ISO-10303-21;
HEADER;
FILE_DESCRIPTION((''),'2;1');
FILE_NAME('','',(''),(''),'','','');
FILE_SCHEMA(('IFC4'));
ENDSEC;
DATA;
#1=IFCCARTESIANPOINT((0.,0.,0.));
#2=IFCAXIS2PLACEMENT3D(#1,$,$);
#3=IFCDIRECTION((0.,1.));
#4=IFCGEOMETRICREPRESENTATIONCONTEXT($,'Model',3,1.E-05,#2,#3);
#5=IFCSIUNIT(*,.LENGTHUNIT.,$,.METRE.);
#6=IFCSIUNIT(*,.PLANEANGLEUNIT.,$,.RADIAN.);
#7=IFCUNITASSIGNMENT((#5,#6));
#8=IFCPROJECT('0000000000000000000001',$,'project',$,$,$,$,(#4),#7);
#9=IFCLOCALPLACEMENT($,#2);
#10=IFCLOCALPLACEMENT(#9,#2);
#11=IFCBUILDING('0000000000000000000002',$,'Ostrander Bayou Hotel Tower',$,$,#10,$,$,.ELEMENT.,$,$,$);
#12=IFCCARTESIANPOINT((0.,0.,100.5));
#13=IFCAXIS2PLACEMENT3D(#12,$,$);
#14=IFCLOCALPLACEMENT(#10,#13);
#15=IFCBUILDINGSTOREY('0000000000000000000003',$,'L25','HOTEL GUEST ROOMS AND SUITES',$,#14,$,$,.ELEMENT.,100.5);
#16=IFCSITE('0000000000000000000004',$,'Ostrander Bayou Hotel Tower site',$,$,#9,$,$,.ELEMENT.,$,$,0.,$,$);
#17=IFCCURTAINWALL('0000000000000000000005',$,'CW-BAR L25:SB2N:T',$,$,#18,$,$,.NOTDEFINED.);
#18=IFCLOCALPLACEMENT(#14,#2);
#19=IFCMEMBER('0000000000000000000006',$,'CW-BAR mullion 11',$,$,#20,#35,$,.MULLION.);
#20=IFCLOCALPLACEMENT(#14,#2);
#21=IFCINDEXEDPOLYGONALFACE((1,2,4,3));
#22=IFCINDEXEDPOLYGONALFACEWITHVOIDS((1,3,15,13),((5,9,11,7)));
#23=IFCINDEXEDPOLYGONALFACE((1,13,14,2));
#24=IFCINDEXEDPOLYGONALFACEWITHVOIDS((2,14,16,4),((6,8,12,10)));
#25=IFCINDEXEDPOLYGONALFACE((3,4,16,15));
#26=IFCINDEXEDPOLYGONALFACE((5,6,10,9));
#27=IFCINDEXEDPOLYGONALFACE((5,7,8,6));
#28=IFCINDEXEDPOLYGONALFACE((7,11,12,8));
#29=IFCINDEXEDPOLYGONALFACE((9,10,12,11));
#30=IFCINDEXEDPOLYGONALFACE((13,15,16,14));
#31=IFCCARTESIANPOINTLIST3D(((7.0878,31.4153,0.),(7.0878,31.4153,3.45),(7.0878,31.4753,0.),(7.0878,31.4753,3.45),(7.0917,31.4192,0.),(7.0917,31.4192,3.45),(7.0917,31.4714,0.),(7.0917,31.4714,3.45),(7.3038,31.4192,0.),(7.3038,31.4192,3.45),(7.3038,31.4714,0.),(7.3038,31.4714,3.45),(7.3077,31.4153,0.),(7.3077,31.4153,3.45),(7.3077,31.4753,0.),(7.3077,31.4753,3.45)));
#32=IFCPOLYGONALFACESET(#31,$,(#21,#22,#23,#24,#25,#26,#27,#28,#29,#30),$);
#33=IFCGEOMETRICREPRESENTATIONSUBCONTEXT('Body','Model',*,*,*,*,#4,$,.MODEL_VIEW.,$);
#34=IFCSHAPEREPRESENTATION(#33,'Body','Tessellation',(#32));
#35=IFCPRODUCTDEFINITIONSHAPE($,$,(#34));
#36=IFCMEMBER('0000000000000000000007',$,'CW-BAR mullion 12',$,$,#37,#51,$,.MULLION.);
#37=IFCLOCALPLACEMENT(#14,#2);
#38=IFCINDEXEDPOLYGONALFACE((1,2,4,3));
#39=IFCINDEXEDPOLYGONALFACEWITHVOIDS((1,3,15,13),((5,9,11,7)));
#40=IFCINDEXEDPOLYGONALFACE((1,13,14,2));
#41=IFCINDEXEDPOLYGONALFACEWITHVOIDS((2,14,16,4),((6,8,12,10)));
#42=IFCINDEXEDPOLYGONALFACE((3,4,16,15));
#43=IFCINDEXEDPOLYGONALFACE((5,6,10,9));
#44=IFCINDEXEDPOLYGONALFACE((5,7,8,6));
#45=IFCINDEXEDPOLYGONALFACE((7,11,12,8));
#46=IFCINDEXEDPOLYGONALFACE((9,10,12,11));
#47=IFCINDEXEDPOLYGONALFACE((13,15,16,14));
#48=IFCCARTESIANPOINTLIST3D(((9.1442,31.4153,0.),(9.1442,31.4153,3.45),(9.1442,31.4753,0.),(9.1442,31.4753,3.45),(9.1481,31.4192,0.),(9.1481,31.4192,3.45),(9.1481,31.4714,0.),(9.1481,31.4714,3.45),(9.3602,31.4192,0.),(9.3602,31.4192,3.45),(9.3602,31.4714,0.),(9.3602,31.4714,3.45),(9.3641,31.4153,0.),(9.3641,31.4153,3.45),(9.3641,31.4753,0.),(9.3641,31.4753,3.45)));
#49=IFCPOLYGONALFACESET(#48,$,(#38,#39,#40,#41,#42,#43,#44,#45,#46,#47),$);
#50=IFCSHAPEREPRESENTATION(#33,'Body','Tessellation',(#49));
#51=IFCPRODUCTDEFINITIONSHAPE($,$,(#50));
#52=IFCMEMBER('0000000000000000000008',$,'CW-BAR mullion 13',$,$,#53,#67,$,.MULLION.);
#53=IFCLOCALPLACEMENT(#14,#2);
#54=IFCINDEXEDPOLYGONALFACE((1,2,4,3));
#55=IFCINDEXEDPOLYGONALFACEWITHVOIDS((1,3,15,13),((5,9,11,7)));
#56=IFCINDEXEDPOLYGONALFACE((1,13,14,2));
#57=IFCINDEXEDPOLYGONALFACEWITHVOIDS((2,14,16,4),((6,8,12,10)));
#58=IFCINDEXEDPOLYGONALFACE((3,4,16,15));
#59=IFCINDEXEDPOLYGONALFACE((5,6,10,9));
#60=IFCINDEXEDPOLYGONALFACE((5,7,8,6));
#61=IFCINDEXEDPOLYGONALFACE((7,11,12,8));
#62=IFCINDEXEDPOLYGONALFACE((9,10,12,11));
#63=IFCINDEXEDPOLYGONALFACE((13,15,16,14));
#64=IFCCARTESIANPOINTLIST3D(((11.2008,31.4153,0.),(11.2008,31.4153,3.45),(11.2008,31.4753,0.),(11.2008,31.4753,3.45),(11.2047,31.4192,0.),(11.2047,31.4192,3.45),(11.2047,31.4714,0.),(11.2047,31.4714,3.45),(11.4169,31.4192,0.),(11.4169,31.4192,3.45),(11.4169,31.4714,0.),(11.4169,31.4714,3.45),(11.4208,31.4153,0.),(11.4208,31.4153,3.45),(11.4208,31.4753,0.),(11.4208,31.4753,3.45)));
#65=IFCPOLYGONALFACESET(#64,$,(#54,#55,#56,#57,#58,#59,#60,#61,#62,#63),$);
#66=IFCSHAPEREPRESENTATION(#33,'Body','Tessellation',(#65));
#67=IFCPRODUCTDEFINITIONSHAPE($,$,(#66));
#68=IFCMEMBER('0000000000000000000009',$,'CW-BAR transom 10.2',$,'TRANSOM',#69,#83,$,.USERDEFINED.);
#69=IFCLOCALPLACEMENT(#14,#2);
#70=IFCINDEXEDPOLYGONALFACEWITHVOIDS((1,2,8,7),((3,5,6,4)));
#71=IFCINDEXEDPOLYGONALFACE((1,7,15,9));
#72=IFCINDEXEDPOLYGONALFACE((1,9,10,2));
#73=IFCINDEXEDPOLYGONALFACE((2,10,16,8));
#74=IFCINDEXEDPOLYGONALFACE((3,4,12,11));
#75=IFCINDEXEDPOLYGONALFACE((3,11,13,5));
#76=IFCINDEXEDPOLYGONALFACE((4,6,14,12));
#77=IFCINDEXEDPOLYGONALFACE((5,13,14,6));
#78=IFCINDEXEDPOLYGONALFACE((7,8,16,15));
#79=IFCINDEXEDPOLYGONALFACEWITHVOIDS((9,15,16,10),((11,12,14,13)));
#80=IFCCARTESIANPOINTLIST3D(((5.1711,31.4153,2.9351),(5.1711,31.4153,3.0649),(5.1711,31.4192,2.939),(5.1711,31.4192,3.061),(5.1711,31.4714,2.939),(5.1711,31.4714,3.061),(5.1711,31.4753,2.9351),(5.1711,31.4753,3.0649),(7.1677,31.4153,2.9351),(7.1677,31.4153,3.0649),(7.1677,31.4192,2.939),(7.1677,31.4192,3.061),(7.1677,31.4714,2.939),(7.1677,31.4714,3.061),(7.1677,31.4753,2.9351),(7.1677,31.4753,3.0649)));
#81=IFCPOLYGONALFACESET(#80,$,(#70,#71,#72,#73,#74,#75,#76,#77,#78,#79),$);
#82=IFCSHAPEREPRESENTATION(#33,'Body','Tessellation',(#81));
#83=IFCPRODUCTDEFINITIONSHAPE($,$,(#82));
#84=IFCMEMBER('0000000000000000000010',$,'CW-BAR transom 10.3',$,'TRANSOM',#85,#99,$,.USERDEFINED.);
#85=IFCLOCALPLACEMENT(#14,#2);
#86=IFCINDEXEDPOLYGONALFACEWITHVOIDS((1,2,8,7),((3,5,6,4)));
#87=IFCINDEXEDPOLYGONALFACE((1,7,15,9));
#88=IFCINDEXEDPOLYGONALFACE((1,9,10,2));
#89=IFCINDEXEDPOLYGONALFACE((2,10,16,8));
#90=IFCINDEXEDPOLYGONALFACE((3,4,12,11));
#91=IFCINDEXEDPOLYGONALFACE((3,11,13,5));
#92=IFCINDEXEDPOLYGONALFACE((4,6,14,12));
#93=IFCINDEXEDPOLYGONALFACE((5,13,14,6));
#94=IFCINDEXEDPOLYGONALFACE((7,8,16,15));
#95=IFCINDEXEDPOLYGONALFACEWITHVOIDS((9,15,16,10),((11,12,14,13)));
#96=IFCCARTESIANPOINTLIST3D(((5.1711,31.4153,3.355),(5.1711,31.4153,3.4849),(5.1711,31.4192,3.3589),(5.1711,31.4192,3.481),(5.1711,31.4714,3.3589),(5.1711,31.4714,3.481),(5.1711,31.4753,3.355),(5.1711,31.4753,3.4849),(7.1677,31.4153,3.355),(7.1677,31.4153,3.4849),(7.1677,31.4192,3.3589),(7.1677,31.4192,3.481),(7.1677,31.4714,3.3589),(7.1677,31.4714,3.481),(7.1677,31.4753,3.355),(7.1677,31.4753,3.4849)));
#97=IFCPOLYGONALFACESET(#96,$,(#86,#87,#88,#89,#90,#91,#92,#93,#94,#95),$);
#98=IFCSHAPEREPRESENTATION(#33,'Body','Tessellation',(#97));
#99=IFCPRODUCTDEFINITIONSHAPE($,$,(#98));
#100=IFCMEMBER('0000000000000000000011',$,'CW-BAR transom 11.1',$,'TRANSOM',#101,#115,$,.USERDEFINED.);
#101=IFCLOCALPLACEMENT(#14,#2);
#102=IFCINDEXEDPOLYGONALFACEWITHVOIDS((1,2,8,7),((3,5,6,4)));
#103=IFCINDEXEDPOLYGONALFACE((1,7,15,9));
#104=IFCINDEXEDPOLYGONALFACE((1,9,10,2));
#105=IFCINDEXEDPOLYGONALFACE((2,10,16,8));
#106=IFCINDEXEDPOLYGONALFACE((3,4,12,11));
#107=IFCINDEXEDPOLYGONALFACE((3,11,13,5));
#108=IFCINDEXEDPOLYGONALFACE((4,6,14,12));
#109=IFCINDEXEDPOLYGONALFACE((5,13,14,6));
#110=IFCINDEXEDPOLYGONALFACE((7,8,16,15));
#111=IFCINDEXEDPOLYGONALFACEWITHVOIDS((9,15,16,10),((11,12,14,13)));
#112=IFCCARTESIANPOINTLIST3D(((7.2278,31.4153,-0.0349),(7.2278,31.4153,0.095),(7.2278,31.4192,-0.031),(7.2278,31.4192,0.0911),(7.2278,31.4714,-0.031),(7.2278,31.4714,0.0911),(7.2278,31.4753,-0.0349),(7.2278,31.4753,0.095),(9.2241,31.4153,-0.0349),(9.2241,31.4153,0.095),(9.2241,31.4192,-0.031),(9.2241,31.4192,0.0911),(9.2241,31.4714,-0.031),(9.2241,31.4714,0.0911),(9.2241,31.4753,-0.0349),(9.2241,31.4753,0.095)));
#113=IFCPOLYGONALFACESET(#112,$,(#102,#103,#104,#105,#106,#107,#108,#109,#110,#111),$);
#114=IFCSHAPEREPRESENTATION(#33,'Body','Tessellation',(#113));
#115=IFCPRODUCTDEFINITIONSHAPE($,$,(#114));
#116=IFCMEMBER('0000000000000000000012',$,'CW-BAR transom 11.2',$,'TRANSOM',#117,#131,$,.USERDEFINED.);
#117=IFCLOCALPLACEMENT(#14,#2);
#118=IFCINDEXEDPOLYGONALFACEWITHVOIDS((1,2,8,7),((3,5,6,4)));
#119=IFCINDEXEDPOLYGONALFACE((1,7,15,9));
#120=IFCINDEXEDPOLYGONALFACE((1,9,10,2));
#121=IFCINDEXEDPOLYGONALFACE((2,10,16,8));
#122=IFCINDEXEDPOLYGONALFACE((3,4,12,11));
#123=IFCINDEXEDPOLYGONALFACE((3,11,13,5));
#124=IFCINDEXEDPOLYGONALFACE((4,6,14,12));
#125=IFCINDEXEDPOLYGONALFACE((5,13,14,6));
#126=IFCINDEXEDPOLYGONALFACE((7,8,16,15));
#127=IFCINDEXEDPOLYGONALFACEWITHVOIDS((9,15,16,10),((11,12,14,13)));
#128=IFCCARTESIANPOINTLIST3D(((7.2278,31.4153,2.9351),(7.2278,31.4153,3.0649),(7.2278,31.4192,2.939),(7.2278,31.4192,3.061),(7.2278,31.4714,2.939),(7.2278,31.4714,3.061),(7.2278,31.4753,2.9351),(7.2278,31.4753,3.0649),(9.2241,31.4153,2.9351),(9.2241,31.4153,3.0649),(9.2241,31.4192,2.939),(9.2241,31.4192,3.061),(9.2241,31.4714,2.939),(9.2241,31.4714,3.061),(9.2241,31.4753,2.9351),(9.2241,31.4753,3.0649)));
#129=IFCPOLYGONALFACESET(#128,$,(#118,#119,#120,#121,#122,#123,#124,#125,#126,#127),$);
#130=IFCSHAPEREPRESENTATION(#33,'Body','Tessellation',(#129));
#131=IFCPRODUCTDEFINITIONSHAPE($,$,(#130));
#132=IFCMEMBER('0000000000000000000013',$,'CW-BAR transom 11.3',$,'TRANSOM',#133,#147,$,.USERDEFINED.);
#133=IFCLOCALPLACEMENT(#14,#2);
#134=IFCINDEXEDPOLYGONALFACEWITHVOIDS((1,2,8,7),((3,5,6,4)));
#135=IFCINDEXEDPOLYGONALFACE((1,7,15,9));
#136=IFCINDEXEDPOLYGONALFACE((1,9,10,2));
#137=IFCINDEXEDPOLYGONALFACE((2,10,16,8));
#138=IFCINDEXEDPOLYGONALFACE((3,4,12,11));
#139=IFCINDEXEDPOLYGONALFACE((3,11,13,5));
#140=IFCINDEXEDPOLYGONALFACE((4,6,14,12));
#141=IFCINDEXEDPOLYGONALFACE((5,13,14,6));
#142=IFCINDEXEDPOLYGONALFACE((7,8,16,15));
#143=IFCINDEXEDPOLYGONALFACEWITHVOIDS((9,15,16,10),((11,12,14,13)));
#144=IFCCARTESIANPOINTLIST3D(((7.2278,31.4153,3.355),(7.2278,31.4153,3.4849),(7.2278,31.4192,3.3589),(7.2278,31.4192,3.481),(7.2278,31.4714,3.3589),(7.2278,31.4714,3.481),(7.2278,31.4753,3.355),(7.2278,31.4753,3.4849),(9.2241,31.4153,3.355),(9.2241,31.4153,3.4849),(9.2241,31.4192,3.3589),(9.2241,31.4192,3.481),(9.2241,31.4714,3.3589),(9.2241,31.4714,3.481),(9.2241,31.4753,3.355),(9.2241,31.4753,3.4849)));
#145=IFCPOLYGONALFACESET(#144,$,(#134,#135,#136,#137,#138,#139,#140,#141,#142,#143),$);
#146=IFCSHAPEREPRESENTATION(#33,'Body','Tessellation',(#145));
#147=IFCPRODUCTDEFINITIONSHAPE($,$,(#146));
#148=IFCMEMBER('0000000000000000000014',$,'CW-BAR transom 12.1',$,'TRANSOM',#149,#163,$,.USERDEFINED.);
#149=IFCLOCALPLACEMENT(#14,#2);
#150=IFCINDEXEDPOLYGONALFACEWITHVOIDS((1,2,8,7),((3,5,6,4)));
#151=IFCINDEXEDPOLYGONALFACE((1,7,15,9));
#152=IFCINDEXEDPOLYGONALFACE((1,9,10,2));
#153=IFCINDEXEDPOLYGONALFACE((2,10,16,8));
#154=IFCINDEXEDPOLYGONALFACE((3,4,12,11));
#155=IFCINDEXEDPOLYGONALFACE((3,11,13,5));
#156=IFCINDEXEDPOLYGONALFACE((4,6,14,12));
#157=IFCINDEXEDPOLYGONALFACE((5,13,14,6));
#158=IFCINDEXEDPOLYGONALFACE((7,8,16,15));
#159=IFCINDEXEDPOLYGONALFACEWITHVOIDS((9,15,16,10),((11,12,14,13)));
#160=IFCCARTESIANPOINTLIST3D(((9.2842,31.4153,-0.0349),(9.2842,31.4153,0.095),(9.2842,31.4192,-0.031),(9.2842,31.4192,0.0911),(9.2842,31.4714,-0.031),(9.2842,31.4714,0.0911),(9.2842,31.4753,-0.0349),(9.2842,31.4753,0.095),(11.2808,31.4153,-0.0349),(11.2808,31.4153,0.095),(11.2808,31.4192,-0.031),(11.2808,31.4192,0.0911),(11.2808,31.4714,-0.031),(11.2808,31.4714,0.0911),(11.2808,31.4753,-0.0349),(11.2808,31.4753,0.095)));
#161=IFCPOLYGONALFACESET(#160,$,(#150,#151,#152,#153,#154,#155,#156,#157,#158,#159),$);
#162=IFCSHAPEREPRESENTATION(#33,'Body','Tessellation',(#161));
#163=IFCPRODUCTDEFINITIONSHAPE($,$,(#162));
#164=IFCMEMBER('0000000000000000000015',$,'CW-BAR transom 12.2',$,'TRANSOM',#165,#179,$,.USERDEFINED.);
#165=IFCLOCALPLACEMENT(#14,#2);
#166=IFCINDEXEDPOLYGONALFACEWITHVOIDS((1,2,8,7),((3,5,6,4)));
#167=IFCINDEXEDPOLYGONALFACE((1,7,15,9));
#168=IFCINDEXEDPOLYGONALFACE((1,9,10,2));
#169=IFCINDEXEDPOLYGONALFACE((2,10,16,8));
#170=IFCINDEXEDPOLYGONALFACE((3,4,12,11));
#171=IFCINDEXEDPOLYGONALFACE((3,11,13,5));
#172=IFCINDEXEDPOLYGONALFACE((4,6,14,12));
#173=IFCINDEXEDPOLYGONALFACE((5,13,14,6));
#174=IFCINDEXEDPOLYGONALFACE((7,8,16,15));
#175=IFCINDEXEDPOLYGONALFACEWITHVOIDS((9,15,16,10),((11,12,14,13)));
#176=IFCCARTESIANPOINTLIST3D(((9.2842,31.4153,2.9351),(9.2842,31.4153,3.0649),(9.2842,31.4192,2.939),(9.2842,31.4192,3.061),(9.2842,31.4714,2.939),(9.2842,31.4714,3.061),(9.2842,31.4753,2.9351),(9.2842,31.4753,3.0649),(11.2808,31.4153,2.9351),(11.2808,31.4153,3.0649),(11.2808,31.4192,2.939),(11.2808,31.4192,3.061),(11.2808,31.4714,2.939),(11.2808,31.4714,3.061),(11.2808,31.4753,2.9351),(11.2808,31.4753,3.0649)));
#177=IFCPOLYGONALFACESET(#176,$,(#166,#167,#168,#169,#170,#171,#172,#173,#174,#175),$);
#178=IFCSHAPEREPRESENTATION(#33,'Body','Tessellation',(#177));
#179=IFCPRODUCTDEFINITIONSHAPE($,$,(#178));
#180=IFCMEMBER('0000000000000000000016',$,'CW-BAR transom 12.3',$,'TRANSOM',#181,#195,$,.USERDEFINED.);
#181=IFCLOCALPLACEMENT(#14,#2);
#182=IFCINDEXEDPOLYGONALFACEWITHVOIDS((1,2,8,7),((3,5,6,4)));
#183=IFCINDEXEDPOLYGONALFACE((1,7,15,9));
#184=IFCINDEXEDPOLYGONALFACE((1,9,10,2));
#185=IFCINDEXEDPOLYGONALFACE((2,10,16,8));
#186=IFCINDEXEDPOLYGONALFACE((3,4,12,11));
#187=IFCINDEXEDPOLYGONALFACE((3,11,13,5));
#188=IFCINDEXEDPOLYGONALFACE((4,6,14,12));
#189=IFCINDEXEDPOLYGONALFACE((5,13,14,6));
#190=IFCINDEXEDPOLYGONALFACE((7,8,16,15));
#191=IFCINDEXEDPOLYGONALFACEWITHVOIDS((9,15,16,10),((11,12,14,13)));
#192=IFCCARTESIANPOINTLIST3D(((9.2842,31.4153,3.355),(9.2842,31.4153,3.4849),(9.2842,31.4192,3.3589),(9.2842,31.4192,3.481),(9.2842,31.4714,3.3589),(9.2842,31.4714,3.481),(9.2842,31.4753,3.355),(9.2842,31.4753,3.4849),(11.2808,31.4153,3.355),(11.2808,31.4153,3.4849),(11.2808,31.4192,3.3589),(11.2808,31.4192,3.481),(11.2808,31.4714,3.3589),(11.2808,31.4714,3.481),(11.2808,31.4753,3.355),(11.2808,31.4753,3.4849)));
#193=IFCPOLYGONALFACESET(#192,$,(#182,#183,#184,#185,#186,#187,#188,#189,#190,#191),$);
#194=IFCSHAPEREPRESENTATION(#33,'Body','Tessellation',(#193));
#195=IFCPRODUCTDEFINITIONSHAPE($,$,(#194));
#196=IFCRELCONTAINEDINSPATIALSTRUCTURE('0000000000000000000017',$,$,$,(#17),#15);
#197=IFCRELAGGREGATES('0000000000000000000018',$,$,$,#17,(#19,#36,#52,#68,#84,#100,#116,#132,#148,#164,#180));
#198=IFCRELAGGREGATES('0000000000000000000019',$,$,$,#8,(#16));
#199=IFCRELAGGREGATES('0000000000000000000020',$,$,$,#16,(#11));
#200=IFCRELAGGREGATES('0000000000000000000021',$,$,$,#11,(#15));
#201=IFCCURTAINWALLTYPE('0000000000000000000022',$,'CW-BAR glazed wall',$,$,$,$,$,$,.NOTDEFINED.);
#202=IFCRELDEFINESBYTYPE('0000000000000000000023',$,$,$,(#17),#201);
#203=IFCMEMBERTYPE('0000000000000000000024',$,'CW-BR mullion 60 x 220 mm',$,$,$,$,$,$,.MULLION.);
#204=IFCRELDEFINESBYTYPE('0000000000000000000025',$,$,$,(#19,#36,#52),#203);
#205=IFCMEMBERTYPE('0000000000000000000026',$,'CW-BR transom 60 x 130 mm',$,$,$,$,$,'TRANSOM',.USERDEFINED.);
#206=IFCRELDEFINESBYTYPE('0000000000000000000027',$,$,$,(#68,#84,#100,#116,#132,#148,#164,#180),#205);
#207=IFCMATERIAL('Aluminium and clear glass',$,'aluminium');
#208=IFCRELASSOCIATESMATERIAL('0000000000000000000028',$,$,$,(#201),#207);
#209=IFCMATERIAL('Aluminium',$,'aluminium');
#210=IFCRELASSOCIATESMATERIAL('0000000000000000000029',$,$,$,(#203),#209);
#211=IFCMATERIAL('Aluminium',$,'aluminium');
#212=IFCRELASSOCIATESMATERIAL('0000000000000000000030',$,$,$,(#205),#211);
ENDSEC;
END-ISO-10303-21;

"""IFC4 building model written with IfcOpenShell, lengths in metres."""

from ifc_helpers import new_model, si_unit, direction, frame, origin, origin_2d, place, context, subcontext, project, spatial, hollow_rectangle, extrude, material, material_profile, profile_set, type_object, element, aggregate, save


model = new_model("IFC4")

# Units and contexts
model_context = context("Model", 3, precision=1e-05, world=origin(), true_north=direction((0.0, 1.0)))
body_context = subcontext(model_context, "Body", "Model", "MODEL_VIEW")
ifc_project = project(units=[si_unit("LENGTHUNIT", "METRE"), si_unit("PLANEANGLEUNIT", "RADIAN")], contexts=[model_context])

# Site, building, storey
site_placement = place(None, origin())
site = spatial("IfcSite", under=ifc_project, at=site_placement, Name="Ostrander Bayou Hotel Tower site", CompositionType="ELEMENT", RefElevation=0.0)
building_placement = place(site_placement, origin())
building = spatial("IfcBuilding", under=site, at=building_placement, Name="Ostrander Bayou Hotel Tower", CompositionType="ELEMENT")
storey_placement = place(building_placement, frame((0.0, 0.0, 100.5)))
storey = spatial("IfcBuildingStorey", under=building, at=storey_placement, Name="L25", Description="HOTEL GUEST ROOMS AND SUITES", CompositionType="ELEMENT", Elevation=100.5)

# Curtain wall, members
ifc_material_1 = material(Name="Aluminium and clear glass", Category="aluminium")
curtain_wall_type = type_object("IfcCurtainWallType", Name="CW-BAR glazed wall", PredefinedType="NOTDEFINED", material=ifc_material_1)
curtain_wall_placement = place(storey_placement, origin())
curtain_wall = element("IfcCurtainWall", 1, at=curtain_wall_placement, inside=storey, type_object=curtain_wall_type, Name="CW-BAR L25:SB2N:T", PredefinedType="NOTDEFINED")
ifc_material_2 = material(Name="Aluminium", Category="aluminium")
ifc_material_profile_1 = material_profile(ifc_material_2, hollow_rectangle(XDim=0.0601, YDim=0.22, WallThickness=0.0039, at=origin_2d()))
ifc_profile_set_1 = profile_set([ifc_material_profile_1], Name="Aluminium")
member_type_1 = type_object("IfcMemberType", Name="CW-BR mullion 60 x 220 mm", PredefinedType="MULLION", material=ifc_profile_set_1)
member_1_placement = place(storey_placement, frame((7.1978, 31.4453, 0.0), z_axis=(0.0, 0.0, 1.0), x_axis=(0.0, 1.0, 0.0)))
member_1 = element("IfcMember", 2, at=member_1_placement, type_object=member_type_1, Name="CW-BAR mullion 11", PredefinedType="MULLION", context=body_context, shape_type="SweptSolid", body=[
    extrude(hollow_rectangle(XDim=0.0601, YDim=0.22, WallThickness=0.0039, at=origin_2d()), origin(), (0.0, 0.0, 1.0), 3.45),
])
member_2_placement = place(storey_placement, frame((9.2542, 31.4453, 0.0), z_axis=(0.0, 0.0, 1.0), x_axis=(0.0, 1.0, 0.0)))
member_2 = element("IfcMember", 3, at=member_2_placement, type_object=member_type_1, Name="CW-BAR mullion 12", PredefinedType="MULLION", context=body_context, shape_type="SweptSolid", body=[
    extrude(hollow_rectangle(XDim=0.0601, YDim=0.22, WallThickness=0.0039, at=origin_2d()), origin(), (0.0, 0.0, 1.0), 3.45),
])
member_3_placement = place(storey_placement, frame((11.3108, 31.4453, 0.0), z_axis=(0.0, 0.0, 1.0), x_axis=(0.0, 1.0, 0.0)))
member_3 = element("IfcMember", 4, at=member_3_placement, type_object=member_type_1, Name="CW-BAR mullion 13", PredefinedType="MULLION", context=body_context, shape_type="SweptSolid", body=[
    extrude(hollow_rectangle(XDim=0.0601, YDim=0.22, WallThickness=0.0039, at=origin_2d()), origin(), (0.0, 0.0, 1.0), 3.45),
])
ifc_material_3 = material(Name="Aluminium", Category="aluminium")
ifc_material_profile_2 = material_profile(ifc_material_3, hollow_rectangle(XDim=0.0601, YDim=0.1299, WallThickness=0.0039, at=origin_2d()))
ifc_profile_set_2 = profile_set([ifc_material_profile_2], Name="Aluminium")
member_type_2 = type_object("IfcMemberType", Name="CW-BR transom 60 x 130 mm", ElementType="TRANSOM", PredefinedType="USERDEFINED", material=ifc_profile_set_2)
member_4_placement = place(storey_placement, frame((5.1711, 31.4453, 3.0), z_axis=(1.0, 0.0, 0.0), x_axis=(0.0, 1.0, 0.0)))
member_4 = element("IfcMember", 5, at=member_4_placement, type_object=member_type_2, Name="CW-BAR transom 10.2", ObjectType="TRANSOM", PredefinedType="USERDEFINED", context=body_context, shape_type="SweptSolid", body=[
    extrude(hollow_rectangle(XDim=0.0601, YDim=0.1299, WallThickness=0.0039, at=origin_2d()), origin(), (0.0, 0.0, 1.0), 1.9966),
])
member_5_placement = place(storey_placement, frame((5.1711, 31.4453, 3.4199), z_axis=(1.0, 0.0, 0.0), x_axis=(0.0, 1.0, 0.0)))
member_5 = element("IfcMember", 6, at=member_5_placement, type_object=member_type_2, Name="CW-BAR transom 10.3", ObjectType="TRANSOM", PredefinedType="USERDEFINED", context=body_context, shape_type="SweptSolid", body=[
    extrude(hollow_rectangle(XDim=0.0601, YDim=0.1299, WallThickness=0.0039, at=origin_2d()), origin(), (0.0, 0.0, 1.0), 1.9966),
])
member_6_placement = place(storey_placement, frame((7.2278, 31.4453, 0.03), z_axis=(1.0, 0.0, 0.0), x_axis=(0.0, 1.0, 0.0)))
member_6 = element("IfcMember", 7, at=member_6_placement, type_object=member_type_2, Name="CW-BAR transom 11.1", ObjectType="TRANSOM", PredefinedType="USERDEFINED", context=body_context, shape_type="SweptSolid", body=[
    extrude(hollow_rectangle(XDim=0.0601, YDim=0.1299, WallThickness=0.0039, at=origin_2d()), origin(), (0.0, 0.0, 1.0), 1.9963),
])
member_7_placement = place(storey_placement, frame((7.2278, 31.4453, 3.0), z_axis=(1.0, 0.0, 0.0), x_axis=(0.0, 1.0, 0.0)))
member_7 = element("IfcMember", 8, at=member_7_placement, type_object=member_type_2, Name="CW-BAR transom 11.2", ObjectType="TRANSOM", PredefinedType="USERDEFINED", context=body_context, shape_type="SweptSolid", body=[
    extrude(hollow_rectangle(XDim=0.0601, YDim=0.1299, WallThickness=0.0039, at=origin_2d()), origin(), (0.0, 0.0, 1.0), 1.9963),
])
member_8_placement = place(storey_placement, frame((7.2278, 31.4453, 3.4199), z_axis=(1.0, 0.0, 0.0), x_axis=(0.0, 1.0, 0.0)))
member_8 = element("IfcMember", 9, at=member_8_placement, type_object=member_type_2, Name="CW-BAR transom 11.3", ObjectType="TRANSOM", PredefinedType="USERDEFINED", context=body_context, shape_type="SweptSolid", body=[
    extrude(hollow_rectangle(XDim=0.0601, YDim=0.1299, WallThickness=0.0039, at=origin_2d()), origin(), (0.0, 0.0, 1.0), 1.9963),
])
member_9_placement = place(storey_placement, frame((9.2842, 31.4453, 0.03), z_axis=(1.0, 0.0, 0.0), x_axis=(0.0, 1.0, 0.0)))
member_9 = element("IfcMember", 10, at=member_9_placement, type_object=member_type_2, Name="CW-BAR transom 12.1", ObjectType="TRANSOM", PredefinedType="USERDEFINED", context=body_context, shape_type="SweptSolid", body=[
    extrude(hollow_rectangle(XDim=0.0601, YDim=0.1299, WallThickness=0.0039, at=origin_2d()), origin(), (0.0, 0.0, 1.0), 1.9966),
])
member_10_placement = place(storey_placement, frame((9.2842, 31.4453, 3.0), z_axis=(1.0, 0.0, 0.0), x_axis=(0.0, 1.0, 0.0)))
member_10 = element("IfcMember", 11, at=member_10_placement, type_object=member_type_2, Name="CW-BAR transom 12.2", ObjectType="TRANSOM", PredefinedType="USERDEFINED", context=body_context, shape_type="SweptSolid", body=[
    extrude(hollow_rectangle(XDim=0.0601, YDim=0.1299, WallThickness=0.0039, at=origin_2d()), origin(), (0.0, 0.0, 1.0), 1.9966),
])
member_11_placement = place(storey_placement, frame((9.2842, 31.4453, 3.4199), z_axis=(1.0, 0.0, 0.0), x_axis=(0.0, 1.0, 0.0)))
member_11 = element("IfcMember", 12, at=member_11_placement, type_object=member_type_2, Name="CW-BAR transom 12.3", ObjectType="TRANSOM", PredefinedType="USERDEFINED", context=body_context, shape_type="SweptSolid", body=[
    extrude(hollow_rectangle(XDim=0.0601, YDim=0.1299, WallThickness=0.0039, at=origin_2d()), origin(), (0.0, 0.0, 1.0), 1.9966),
])
aggregate(curtain_wall, [member_1, member_2, member_3, member_4, member_5, member_6, member_7, member_8, member_9, member_10, member_11])

save(model, "model.ifc")
